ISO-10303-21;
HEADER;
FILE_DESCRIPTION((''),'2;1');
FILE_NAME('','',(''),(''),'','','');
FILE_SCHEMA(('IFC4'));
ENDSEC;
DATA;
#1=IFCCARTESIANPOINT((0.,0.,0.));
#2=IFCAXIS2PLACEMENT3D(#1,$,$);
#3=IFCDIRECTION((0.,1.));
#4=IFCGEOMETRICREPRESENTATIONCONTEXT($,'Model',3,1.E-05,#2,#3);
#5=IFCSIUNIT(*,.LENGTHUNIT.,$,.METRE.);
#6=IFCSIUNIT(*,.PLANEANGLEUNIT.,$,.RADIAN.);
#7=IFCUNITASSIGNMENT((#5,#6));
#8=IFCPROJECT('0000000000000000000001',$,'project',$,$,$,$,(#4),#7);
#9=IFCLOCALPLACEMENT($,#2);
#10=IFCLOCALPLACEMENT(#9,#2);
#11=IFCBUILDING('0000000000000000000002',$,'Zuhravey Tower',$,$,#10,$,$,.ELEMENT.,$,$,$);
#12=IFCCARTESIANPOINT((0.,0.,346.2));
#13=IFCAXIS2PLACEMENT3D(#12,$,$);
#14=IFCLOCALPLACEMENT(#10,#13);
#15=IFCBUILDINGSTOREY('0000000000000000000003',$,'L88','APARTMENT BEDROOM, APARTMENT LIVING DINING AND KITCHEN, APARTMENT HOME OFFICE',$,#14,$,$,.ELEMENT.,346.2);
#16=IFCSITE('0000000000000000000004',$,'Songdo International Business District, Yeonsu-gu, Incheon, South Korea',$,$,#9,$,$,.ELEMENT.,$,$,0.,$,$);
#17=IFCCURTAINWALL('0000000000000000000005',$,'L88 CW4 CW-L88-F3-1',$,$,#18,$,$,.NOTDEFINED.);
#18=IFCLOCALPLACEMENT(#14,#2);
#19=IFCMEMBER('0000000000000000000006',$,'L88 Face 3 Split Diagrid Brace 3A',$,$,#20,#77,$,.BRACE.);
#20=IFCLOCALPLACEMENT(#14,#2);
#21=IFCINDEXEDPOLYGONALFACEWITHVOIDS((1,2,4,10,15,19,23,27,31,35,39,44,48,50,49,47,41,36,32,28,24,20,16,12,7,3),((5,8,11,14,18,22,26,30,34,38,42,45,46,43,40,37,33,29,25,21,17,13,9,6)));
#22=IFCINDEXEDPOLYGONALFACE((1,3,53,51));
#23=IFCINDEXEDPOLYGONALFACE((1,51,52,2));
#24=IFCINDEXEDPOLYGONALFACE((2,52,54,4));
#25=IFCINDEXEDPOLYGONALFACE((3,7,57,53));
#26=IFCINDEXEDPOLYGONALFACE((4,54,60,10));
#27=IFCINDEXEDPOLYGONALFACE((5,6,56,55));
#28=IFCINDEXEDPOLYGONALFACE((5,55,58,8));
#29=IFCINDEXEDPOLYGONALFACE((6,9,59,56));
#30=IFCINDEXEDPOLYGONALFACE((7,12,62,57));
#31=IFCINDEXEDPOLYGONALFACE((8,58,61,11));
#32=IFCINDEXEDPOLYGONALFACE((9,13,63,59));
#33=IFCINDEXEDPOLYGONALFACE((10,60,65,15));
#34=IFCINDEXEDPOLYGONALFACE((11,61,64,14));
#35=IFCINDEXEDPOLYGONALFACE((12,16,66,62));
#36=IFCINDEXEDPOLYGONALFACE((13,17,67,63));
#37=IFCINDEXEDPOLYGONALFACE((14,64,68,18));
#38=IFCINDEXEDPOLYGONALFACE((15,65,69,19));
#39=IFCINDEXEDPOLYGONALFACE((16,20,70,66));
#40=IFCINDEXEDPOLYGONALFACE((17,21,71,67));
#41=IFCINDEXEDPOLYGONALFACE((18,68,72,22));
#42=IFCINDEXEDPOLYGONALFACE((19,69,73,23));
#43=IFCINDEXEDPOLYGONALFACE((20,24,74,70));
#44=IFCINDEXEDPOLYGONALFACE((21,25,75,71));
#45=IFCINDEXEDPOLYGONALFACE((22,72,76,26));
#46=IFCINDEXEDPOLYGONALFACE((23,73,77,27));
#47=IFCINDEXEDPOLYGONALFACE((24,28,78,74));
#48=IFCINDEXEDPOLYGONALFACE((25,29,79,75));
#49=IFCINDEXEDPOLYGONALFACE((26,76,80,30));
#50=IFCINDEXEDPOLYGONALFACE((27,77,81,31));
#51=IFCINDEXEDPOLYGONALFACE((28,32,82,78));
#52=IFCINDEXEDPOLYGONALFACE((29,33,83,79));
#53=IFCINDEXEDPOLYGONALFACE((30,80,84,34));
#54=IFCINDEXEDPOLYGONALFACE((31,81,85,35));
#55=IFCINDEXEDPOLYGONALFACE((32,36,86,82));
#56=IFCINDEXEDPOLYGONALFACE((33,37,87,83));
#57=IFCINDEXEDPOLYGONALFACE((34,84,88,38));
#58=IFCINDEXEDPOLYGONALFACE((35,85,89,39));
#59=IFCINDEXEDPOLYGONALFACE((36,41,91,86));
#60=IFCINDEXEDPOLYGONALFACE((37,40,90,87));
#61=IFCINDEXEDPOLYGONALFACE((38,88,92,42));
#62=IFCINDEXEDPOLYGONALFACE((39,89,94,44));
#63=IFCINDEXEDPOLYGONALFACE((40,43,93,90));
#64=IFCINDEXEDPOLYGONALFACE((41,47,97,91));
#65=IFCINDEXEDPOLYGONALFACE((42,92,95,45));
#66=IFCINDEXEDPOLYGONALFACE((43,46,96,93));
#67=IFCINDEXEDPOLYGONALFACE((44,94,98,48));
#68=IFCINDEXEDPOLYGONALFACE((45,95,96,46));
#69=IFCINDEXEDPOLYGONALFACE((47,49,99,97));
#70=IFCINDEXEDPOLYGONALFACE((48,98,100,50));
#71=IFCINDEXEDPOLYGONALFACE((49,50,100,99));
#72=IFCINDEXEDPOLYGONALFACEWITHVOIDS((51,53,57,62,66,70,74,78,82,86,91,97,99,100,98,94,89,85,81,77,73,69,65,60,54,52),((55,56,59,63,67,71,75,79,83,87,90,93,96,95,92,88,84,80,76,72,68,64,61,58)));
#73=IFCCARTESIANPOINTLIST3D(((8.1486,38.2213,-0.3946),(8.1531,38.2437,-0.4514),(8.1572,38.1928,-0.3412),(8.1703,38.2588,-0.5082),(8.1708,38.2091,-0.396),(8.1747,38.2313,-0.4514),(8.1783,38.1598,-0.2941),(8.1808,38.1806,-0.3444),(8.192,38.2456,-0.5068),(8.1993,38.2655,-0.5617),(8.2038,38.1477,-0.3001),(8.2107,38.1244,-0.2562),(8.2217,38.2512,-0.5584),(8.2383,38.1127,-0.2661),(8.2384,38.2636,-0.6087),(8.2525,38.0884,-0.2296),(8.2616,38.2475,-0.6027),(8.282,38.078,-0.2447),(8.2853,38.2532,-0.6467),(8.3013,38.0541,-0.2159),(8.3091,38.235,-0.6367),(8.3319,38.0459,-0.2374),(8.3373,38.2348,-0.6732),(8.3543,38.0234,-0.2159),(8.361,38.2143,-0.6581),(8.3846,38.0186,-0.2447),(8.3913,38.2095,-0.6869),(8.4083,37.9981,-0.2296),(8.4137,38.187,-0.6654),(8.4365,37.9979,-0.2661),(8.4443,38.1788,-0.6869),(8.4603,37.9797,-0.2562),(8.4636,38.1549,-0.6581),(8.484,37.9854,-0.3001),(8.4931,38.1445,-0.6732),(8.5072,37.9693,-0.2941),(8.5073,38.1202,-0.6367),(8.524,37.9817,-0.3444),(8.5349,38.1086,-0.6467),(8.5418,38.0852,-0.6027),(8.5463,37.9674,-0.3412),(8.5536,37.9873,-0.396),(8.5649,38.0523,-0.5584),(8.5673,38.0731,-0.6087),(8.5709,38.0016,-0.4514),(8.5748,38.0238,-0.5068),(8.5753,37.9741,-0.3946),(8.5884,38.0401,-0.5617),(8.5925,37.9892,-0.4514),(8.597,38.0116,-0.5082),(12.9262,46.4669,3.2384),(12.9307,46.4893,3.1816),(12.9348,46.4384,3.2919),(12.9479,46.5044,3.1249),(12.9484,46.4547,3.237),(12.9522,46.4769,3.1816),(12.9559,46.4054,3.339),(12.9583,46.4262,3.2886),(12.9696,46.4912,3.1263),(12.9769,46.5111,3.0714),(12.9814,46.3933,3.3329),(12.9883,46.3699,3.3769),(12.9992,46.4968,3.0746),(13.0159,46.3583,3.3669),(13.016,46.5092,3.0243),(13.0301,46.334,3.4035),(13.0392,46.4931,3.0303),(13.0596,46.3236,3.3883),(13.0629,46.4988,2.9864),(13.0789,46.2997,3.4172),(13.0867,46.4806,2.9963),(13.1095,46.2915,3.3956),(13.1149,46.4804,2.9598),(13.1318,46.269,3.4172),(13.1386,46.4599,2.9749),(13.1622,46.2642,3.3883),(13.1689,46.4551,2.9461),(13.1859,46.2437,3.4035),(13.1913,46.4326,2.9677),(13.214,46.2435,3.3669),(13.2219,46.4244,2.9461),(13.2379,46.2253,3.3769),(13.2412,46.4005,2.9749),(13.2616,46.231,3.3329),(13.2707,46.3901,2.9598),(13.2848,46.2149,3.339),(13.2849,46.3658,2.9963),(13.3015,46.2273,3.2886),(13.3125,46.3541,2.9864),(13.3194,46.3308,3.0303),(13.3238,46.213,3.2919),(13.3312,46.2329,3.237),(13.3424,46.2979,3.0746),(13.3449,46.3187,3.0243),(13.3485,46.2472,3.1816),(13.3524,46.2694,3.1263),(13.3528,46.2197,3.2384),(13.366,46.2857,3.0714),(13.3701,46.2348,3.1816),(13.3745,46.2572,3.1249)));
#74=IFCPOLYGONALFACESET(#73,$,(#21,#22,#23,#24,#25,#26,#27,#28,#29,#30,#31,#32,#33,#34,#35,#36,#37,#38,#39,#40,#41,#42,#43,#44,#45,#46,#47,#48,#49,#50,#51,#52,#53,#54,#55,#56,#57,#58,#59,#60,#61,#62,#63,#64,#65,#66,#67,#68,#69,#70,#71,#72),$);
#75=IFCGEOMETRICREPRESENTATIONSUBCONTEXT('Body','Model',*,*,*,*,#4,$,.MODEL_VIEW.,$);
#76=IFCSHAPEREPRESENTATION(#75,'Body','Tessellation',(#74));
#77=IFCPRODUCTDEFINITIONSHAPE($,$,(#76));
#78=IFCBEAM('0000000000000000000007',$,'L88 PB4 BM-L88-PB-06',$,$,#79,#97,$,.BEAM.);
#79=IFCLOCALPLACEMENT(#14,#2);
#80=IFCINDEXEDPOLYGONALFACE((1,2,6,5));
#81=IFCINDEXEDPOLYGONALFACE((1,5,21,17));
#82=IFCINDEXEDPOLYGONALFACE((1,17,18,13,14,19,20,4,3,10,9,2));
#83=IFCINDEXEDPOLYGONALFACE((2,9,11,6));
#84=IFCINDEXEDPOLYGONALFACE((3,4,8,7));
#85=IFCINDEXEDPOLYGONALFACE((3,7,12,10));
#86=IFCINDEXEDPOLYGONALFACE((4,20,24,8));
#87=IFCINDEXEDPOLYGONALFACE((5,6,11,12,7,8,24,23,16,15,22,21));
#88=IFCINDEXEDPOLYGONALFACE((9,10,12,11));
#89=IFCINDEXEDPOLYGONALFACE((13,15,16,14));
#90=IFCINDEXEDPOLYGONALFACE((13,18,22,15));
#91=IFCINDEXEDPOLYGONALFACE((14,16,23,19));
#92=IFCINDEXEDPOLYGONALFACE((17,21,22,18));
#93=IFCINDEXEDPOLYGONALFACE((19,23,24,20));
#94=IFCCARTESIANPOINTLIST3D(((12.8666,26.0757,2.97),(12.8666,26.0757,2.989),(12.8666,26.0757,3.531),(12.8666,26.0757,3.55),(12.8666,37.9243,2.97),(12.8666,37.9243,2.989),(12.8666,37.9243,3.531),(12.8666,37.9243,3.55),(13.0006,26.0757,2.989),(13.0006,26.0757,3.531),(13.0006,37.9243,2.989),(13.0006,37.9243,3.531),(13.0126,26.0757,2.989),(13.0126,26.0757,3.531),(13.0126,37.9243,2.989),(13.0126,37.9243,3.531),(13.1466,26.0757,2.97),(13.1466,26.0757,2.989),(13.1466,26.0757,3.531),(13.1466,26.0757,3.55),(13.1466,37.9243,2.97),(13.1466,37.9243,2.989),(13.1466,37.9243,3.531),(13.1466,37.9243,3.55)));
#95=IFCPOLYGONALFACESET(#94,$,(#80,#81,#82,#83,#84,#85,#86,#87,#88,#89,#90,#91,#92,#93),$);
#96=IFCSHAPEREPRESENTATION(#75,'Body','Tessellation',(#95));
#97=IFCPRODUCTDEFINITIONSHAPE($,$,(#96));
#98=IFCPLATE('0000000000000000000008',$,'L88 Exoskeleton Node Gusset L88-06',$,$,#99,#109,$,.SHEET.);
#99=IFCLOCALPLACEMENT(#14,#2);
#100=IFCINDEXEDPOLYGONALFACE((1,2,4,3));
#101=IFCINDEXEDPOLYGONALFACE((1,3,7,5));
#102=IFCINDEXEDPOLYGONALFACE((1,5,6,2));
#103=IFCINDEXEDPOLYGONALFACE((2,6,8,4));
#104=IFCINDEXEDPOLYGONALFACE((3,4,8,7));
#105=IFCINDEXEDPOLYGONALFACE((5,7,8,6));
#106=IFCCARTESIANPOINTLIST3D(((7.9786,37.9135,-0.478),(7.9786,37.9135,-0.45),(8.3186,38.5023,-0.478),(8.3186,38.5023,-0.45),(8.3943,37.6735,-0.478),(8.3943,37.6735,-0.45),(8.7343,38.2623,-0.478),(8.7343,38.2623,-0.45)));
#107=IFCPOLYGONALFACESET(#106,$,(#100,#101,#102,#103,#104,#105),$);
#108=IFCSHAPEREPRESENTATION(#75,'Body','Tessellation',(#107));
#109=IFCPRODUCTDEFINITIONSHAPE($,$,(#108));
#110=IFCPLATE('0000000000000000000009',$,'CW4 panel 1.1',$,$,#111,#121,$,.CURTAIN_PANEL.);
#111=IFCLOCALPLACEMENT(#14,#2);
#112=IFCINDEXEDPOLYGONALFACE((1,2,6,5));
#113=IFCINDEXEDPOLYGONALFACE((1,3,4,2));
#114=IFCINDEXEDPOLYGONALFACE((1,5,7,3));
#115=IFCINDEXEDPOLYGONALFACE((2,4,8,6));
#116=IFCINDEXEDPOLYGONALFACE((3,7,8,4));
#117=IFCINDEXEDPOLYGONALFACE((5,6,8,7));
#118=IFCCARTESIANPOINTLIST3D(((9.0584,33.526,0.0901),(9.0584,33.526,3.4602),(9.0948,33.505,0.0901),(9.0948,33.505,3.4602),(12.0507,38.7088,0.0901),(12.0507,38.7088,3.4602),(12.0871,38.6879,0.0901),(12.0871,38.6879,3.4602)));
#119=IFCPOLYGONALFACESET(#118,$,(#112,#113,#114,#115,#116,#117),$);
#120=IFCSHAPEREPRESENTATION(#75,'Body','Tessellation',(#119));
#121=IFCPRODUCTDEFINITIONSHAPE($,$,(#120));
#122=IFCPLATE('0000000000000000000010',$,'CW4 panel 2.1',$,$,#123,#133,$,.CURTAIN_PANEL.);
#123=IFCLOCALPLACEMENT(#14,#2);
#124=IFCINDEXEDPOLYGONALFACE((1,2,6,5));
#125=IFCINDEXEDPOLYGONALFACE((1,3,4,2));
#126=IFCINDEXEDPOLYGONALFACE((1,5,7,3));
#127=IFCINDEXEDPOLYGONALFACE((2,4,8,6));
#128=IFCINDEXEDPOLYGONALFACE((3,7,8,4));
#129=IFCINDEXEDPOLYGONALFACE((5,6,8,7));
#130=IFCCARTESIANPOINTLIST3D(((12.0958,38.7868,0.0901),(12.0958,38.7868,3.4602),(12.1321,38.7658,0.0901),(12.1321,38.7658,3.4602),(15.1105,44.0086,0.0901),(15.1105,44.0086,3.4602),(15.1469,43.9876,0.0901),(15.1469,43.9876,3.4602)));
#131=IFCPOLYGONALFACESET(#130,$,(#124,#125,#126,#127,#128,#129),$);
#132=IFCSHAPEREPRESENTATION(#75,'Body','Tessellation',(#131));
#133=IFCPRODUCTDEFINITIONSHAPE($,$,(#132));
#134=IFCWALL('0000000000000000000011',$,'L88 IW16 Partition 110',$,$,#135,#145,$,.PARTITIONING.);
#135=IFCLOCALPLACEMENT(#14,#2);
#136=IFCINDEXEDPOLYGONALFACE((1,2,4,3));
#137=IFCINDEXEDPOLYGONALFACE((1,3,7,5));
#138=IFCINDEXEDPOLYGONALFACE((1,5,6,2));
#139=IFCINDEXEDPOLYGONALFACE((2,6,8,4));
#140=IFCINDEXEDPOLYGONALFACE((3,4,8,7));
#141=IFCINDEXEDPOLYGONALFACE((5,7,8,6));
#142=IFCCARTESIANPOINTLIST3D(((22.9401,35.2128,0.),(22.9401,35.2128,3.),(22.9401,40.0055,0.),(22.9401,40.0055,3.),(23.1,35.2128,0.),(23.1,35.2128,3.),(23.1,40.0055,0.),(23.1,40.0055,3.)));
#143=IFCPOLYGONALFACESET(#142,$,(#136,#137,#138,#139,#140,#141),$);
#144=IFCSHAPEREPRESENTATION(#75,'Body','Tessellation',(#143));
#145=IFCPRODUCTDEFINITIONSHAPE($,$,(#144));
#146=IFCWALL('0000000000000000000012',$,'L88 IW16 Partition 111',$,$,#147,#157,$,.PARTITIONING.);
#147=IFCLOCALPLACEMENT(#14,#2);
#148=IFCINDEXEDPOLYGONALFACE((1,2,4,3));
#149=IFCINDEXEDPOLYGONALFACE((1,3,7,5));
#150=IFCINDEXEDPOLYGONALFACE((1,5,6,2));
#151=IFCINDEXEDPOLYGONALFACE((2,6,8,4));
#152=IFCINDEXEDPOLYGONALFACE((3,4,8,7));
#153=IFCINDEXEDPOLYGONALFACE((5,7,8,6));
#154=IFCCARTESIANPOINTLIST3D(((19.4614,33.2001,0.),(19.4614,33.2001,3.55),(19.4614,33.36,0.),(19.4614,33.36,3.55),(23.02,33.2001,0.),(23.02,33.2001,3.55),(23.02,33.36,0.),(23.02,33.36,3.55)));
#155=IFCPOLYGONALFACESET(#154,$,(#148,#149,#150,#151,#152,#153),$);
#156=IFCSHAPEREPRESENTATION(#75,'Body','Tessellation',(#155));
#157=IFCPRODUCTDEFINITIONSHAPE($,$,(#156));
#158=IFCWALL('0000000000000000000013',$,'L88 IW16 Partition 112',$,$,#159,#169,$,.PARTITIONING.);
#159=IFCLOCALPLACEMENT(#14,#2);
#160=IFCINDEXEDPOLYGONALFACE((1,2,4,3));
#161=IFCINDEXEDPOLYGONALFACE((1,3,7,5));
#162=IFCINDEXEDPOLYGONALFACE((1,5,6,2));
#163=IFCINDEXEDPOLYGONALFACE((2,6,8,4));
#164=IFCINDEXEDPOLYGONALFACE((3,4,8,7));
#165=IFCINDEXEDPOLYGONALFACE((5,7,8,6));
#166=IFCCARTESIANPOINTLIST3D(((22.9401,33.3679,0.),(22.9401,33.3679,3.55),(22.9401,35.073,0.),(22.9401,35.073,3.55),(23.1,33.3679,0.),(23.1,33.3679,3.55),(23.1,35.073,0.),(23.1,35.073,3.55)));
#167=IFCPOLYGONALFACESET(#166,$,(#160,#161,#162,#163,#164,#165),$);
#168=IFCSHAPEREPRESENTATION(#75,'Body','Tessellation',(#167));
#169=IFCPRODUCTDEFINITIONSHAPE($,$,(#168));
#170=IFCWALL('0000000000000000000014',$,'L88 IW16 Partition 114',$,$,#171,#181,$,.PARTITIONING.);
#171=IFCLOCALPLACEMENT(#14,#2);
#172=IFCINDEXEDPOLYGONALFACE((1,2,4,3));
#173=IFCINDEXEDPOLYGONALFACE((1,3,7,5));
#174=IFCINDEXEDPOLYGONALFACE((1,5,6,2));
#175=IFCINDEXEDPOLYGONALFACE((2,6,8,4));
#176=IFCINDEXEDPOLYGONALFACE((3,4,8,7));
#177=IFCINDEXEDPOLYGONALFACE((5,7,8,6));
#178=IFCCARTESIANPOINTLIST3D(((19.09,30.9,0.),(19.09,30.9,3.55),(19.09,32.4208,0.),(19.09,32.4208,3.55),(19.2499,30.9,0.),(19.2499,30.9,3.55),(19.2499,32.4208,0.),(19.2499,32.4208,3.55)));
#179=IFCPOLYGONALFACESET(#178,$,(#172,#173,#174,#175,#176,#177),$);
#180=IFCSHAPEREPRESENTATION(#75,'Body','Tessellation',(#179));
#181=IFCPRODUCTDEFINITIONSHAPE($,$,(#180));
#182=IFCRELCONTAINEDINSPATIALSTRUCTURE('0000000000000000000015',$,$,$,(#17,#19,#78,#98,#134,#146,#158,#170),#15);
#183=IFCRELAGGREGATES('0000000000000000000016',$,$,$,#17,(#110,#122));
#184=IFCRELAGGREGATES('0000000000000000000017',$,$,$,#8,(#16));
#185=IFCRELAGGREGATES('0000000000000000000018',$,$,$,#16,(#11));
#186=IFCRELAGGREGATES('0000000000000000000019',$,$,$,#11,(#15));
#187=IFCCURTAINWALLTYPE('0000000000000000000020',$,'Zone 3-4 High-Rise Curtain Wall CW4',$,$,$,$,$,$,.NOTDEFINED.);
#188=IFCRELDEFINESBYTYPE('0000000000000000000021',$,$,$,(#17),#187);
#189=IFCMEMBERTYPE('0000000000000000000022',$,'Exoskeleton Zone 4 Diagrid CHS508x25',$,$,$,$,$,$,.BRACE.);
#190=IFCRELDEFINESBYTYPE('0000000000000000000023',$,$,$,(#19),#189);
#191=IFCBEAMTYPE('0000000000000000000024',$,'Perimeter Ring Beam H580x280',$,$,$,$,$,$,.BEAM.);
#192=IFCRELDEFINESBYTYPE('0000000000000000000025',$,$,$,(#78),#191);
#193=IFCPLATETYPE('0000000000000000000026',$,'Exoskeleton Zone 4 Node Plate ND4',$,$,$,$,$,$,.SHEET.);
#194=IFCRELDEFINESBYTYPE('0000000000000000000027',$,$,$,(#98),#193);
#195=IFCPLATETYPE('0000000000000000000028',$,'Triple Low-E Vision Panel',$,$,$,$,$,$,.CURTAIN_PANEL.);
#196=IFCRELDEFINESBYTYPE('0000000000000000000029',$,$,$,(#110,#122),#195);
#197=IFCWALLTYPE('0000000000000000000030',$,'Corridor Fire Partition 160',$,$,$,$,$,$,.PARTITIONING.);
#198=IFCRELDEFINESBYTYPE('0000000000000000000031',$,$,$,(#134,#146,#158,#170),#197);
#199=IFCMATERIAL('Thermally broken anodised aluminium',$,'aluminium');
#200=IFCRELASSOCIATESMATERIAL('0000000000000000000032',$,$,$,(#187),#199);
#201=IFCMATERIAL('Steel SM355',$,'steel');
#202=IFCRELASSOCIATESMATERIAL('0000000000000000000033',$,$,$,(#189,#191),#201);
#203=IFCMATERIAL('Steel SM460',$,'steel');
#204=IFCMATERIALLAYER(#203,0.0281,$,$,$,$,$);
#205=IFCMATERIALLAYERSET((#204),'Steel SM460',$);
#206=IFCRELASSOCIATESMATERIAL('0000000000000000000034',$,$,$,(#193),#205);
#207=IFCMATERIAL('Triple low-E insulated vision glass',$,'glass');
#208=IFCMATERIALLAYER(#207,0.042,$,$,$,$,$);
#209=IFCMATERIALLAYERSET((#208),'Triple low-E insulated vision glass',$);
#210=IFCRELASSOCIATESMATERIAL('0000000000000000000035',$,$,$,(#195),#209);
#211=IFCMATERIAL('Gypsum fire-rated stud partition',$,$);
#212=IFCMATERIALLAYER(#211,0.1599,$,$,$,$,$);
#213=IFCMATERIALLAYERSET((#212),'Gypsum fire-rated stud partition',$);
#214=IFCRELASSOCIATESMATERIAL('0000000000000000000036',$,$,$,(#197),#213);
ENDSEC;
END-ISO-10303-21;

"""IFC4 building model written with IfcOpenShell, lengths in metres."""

from ifc_helpers import new_model, si_unit, direction, frame, frame_2d, origin, origin_2d, place, context, subcontext, project, spatial, rectangle, hollow_circle, i_section, extrude, material, layer, layer_set, material_profile, profile_set, type_object, element, aggregate, save


model = new_model("IFC4")

# Units and contexts
model_context = context("Model", 3, precision=1e-05, world=origin(), true_north=direction((0.0, 1.0)))
body_context = subcontext(model_context, "Body", "Model", "MODEL_VIEW")
ifc_project = project(units=[si_unit("LENGTHUNIT", "METRE"), si_unit("PLANEANGLEUNIT", "RADIAN")], contexts=[model_context])

# Site, building, storey
site_placement = place(None, origin())
site = spatial("IfcSite", under=ifc_project, at=site_placement, Name="Songdo International Business District, Yeonsu-gu, Incheon, South Korea", CompositionType="ELEMENT", RefElevation=0.0)
building_placement = place(site_placement, origin())
building = spatial("IfcBuilding", under=site, at=building_placement, Name="Zuhravey Tower", CompositionType="ELEMENT")
storey_placement = place(building_placement, frame((0.0, 0.0, 346.2)))
storey = spatial("IfcBuildingStorey", under=building, at=storey_placement, Name="L88", Description="APARTMENT BEDROOM, APARTMENT LIVING DINING AND KITCHEN, APARTMENT HOME OFFICE", CompositionType="ELEMENT", Elevation=346.2)

# Curtain wall
ifc_material_1 = material(Name="Thermally broken anodised aluminium", Category="aluminium")
curtain_wall_type = type_object("IfcCurtainWallType", Name="Zone 3-4 High-Rise Curtain Wall CW4", PredefinedType="NOTDEFINED", material=ifc_material_1)
curtain_wall_placement = place(storey_placement, origin())
curtain_wall = element("IfcCurtainWall", 1, at=curtain_wall_placement, inside=storey, type_object=curtain_wall_type, Name="L88 CW4 CW-L88-F3-1", PredefinedType="NOTDEFINED")

# Member
ifc_material_2 = material(Name="Steel SM355", Category="steel")
ifc_material_profile_1 = material_profile(ifc_material_2, hollow_circle(Radius=0.2539, WallThickness=0.0249, at=origin_2d()), Name="CHS-508.0x25")
ifc_profile_set_1 = profile_set([ifc_material_profile_1], Name="Steel SM355")
member_type_1 = type_object("IfcMemberType", Name="Exoskeleton Zone 4 Diagrid CHS508x25", PredefinedType="BRACE", material=ifc_profile_set_1)
member_1_placement = place(storey_placement, frame((8.3728, 38.1165, -0.4514), z_axis=(0.468448, 0.808492, 0.356226), x_axis=(-0.865253, 0.501336, 0.0)))
element("IfcMember", 2, at=member_1_placement, inside=storey, type_object=member_type_1, Name="L88 Face 3 Split Diagrid Brace 3A", PredefinedType="BRACE", context=body_context, shape_type="SweptSolid", body=[
    extrude(hollow_circle(Radius=0.2539, WallThickness=0.0249, at=origin_2d()), origin(), (0.0, 0.0, 1.0), 10.1987),
])

# Beam
ifc_material_profile_2 = material_profile(ifc_material_2, i_section(OverallWidth=0.28, OverallDepth=0.5801, WebThickness=0.012, FlangeThickness=0.019, at=origin_2d()), Name="H-580x280x12x19")
ifc_profile_set_2 = profile_set([ifc_material_profile_2], Name="Steel SM355")
beam_type = type_object("IfcBeamType", Name="Perimeter Ring Beam H580x280", PredefinedType="BEAM", material=ifc_profile_set_2)
beam_placement = place(storey_placement, frame((13.0066, 37.9243, 3.26), z_axis=(0.0, -1.0, 0.0), x_axis=(1.0, 0.0, 0.0)))
element("IfcBeam", 3, at=beam_placement, inside=storey, type_object=beam_type, Name="L88 PB4 BM-L88-PB-06", PredefinedType="BEAM", context=body_context, shape_type="SweptSolid", body=[
    extrude(i_section(OverallWidth=0.28, OverallDepth=0.5801, WebThickness=0.012, FlangeThickness=0.019, at=origin_2d()), origin(), (0.0, 0.0, 1.0), 11.8486),
])

# Plates
ifc_material_3 = material(Name="Steel SM460", Category="steel")
ifc_layer_1 = layer(ifc_material_3, 0.0281)
ifc_layer_set_1 = layer_set([ifc_layer_1], Name="Steel SM460")
plate_type_1 = type_object("IfcPlateType", Name="Exoskeleton Zone 4 Node Plate ND4", PredefinedType="SHEET", material=ifc_layer_set_1)
plate_1_placement = place(storey_placement, frame((8.3564, 38.0879, -0.478), z_axis=(0.0, 0.0, 1.0), x_axis=(-0.5, -0.866025, 0.0)))
element("IfcPlate", 4, at=plate_1_placement, inside=storey, type_object=plate_type_1, Name="L88 Exoskeleton Node Gusset L88-06", PredefinedType="SHEET", context=body_context, shape_type="SweptSolid", body=[
    extrude(rectangle(XDim=0.6799, YDim=0.48, at=origin_2d()), origin(), (0.0, 0.0, 1.0), 0.0281),
])
ifc_material_4 = material(Name="Triple low-E insulated vision glass", Category="glass")
ifc_layer_2 = layer(ifc_material_4, 0.042)
ifc_layer_set_2 = layer_set([ifc_layer_2], Name="Triple low-E insulated vision glass")
plate_type_2 = type_object("IfcPlateType", Name="Triple Low-E Vision Panel", PredefinedType="CURTAIN_PANEL", material=ifc_layer_set_2)
plate_2_placement = place(storey_placement, frame((10.5728, 36.1069, 0.0901), z_axis=(0.0, 0.0, 1.0), x_axis=(0.5, 0.866026, 0.0)))
plate_2 = element("IfcPlate", 5, at=plate_2_placement, type_object=plate_type_2, Name="CW4 panel 1.1", PredefinedType="CURTAIN_PANEL", context=body_context, shape_type="SweptSolid", body=[
    extrude(rectangle(XDim=5.9846, YDim=0.042, at=origin_2d()), origin(), (0.0, 0.0, 1.0), 3.3701),
])
plate_3_placement = place(storey_placement, frame((13.6213, 41.3872, 0.0901), z_axis=(0.0, 0.0, 1.0), x_axis=(0.5, 0.866026, 0.0)))
plate_3 = element("IfcPlate", 6, at=plate_3_placement, type_object=plate_type_2, Name="CW4 panel 2.1", PredefinedType="CURTAIN_PANEL", context=body_context, shape_type="SweptSolid", body=[
    extrude(rectangle(XDim=6.0295, YDim=0.042, at=origin_2d()), origin(), (0.0, 0.0, 1.0), 3.3701),
])
aggregate(curtain_wall, [plate_2, plate_3])

# Walls
ifc_material_5 = material(Name="Gypsum fire-rated stud partition")
ifc_layer_3 = layer(ifc_material_5, 0.1599)
ifc_layer_set_3 = layer_set([ifc_layer_3], Name="Gypsum fire-rated stud partition")
wall_type_1 = type_object("IfcWallType", Name="Corridor Fire Partition 160", PredefinedType="PARTITIONING", material=ifc_layer_set_3)
wall_1_placement = place(storey_placement, frame((23.02, 40.0056, 0.0), z_axis=(0.0, 0.0, 1.0), x_axis=(0.0, -1.0, 0.0)))
element("IfcWall", 7, at=wall_1_placement, inside=storey, type_object=wall_type_1, Name="L88 IW16 Partition 110", PredefinedType="PARTITIONING", context=body_context, shape_type="SweptSolid", body=[
    extrude(rectangle(XDim=4.7927, YDim=0.1599, at=frame_2d((2.3965, 0.0))), origin(), (0.0, 0.0, 1.0), 3.0),
])
wall_2_placement = place(storey_placement, frame((23.02, 33.28, 0.0), z_axis=(0.0, 0.0, 1.0), x_axis=(-1.0, 0.0, 0.0)))
element("IfcWall", 8, at=wall_2_placement, inside=storey, type_object=wall_type_1, Name="L88 IW16 Partition 111", PredefinedType="PARTITIONING", context=body_context, shape_type="SweptSolid", body=[
    extrude(rectangle(XDim=3.5586, YDim=0.1599, at=frame_2d((1.7793, 0.0))), origin(), (0.0, 0.0, 1.0), 3.55),
])
wall_3_placement = place(storey_placement, frame((23.02, 35.073, 0.0), z_axis=(0.0, 0.0, 1.0), x_axis=(0.0, -1.0, 0.0)))
element("IfcWall", 9, at=wall_3_placement, inside=storey, type_object=wall_type_1, Name="L88 IW16 Partition 112", PredefinedType="PARTITIONING", context=body_context, shape_type="SweptSolid", body=[
    extrude(rectangle(XDim=1.7051, YDim=0.1599, at=frame_2d((0.8525, 0.0))), origin(), (0.0, 0.0, 1.0), 3.55),
])
wall_4_placement = place(storey_placement, frame((19.1699, 32.4207, 0.0), z_axis=(0.0, 0.0, 1.0), x_axis=(0.0, -1.0, 0.0)))
element("IfcWall", 10, at=wall_4_placement, inside=storey, type_object=wall_type_1, Name="L88 IW16 Partition 114", PredefinedType="PARTITIONING", context=body_context, shape_type="SweptSolid", body=[
    extrude(rectangle(XDim=1.5208, YDim=0.1599, at=frame_2d((0.7603, 0.0))), origin(), (0.0, 0.0, 1.0), 3.55),
])

save(model, "model.ifc")
